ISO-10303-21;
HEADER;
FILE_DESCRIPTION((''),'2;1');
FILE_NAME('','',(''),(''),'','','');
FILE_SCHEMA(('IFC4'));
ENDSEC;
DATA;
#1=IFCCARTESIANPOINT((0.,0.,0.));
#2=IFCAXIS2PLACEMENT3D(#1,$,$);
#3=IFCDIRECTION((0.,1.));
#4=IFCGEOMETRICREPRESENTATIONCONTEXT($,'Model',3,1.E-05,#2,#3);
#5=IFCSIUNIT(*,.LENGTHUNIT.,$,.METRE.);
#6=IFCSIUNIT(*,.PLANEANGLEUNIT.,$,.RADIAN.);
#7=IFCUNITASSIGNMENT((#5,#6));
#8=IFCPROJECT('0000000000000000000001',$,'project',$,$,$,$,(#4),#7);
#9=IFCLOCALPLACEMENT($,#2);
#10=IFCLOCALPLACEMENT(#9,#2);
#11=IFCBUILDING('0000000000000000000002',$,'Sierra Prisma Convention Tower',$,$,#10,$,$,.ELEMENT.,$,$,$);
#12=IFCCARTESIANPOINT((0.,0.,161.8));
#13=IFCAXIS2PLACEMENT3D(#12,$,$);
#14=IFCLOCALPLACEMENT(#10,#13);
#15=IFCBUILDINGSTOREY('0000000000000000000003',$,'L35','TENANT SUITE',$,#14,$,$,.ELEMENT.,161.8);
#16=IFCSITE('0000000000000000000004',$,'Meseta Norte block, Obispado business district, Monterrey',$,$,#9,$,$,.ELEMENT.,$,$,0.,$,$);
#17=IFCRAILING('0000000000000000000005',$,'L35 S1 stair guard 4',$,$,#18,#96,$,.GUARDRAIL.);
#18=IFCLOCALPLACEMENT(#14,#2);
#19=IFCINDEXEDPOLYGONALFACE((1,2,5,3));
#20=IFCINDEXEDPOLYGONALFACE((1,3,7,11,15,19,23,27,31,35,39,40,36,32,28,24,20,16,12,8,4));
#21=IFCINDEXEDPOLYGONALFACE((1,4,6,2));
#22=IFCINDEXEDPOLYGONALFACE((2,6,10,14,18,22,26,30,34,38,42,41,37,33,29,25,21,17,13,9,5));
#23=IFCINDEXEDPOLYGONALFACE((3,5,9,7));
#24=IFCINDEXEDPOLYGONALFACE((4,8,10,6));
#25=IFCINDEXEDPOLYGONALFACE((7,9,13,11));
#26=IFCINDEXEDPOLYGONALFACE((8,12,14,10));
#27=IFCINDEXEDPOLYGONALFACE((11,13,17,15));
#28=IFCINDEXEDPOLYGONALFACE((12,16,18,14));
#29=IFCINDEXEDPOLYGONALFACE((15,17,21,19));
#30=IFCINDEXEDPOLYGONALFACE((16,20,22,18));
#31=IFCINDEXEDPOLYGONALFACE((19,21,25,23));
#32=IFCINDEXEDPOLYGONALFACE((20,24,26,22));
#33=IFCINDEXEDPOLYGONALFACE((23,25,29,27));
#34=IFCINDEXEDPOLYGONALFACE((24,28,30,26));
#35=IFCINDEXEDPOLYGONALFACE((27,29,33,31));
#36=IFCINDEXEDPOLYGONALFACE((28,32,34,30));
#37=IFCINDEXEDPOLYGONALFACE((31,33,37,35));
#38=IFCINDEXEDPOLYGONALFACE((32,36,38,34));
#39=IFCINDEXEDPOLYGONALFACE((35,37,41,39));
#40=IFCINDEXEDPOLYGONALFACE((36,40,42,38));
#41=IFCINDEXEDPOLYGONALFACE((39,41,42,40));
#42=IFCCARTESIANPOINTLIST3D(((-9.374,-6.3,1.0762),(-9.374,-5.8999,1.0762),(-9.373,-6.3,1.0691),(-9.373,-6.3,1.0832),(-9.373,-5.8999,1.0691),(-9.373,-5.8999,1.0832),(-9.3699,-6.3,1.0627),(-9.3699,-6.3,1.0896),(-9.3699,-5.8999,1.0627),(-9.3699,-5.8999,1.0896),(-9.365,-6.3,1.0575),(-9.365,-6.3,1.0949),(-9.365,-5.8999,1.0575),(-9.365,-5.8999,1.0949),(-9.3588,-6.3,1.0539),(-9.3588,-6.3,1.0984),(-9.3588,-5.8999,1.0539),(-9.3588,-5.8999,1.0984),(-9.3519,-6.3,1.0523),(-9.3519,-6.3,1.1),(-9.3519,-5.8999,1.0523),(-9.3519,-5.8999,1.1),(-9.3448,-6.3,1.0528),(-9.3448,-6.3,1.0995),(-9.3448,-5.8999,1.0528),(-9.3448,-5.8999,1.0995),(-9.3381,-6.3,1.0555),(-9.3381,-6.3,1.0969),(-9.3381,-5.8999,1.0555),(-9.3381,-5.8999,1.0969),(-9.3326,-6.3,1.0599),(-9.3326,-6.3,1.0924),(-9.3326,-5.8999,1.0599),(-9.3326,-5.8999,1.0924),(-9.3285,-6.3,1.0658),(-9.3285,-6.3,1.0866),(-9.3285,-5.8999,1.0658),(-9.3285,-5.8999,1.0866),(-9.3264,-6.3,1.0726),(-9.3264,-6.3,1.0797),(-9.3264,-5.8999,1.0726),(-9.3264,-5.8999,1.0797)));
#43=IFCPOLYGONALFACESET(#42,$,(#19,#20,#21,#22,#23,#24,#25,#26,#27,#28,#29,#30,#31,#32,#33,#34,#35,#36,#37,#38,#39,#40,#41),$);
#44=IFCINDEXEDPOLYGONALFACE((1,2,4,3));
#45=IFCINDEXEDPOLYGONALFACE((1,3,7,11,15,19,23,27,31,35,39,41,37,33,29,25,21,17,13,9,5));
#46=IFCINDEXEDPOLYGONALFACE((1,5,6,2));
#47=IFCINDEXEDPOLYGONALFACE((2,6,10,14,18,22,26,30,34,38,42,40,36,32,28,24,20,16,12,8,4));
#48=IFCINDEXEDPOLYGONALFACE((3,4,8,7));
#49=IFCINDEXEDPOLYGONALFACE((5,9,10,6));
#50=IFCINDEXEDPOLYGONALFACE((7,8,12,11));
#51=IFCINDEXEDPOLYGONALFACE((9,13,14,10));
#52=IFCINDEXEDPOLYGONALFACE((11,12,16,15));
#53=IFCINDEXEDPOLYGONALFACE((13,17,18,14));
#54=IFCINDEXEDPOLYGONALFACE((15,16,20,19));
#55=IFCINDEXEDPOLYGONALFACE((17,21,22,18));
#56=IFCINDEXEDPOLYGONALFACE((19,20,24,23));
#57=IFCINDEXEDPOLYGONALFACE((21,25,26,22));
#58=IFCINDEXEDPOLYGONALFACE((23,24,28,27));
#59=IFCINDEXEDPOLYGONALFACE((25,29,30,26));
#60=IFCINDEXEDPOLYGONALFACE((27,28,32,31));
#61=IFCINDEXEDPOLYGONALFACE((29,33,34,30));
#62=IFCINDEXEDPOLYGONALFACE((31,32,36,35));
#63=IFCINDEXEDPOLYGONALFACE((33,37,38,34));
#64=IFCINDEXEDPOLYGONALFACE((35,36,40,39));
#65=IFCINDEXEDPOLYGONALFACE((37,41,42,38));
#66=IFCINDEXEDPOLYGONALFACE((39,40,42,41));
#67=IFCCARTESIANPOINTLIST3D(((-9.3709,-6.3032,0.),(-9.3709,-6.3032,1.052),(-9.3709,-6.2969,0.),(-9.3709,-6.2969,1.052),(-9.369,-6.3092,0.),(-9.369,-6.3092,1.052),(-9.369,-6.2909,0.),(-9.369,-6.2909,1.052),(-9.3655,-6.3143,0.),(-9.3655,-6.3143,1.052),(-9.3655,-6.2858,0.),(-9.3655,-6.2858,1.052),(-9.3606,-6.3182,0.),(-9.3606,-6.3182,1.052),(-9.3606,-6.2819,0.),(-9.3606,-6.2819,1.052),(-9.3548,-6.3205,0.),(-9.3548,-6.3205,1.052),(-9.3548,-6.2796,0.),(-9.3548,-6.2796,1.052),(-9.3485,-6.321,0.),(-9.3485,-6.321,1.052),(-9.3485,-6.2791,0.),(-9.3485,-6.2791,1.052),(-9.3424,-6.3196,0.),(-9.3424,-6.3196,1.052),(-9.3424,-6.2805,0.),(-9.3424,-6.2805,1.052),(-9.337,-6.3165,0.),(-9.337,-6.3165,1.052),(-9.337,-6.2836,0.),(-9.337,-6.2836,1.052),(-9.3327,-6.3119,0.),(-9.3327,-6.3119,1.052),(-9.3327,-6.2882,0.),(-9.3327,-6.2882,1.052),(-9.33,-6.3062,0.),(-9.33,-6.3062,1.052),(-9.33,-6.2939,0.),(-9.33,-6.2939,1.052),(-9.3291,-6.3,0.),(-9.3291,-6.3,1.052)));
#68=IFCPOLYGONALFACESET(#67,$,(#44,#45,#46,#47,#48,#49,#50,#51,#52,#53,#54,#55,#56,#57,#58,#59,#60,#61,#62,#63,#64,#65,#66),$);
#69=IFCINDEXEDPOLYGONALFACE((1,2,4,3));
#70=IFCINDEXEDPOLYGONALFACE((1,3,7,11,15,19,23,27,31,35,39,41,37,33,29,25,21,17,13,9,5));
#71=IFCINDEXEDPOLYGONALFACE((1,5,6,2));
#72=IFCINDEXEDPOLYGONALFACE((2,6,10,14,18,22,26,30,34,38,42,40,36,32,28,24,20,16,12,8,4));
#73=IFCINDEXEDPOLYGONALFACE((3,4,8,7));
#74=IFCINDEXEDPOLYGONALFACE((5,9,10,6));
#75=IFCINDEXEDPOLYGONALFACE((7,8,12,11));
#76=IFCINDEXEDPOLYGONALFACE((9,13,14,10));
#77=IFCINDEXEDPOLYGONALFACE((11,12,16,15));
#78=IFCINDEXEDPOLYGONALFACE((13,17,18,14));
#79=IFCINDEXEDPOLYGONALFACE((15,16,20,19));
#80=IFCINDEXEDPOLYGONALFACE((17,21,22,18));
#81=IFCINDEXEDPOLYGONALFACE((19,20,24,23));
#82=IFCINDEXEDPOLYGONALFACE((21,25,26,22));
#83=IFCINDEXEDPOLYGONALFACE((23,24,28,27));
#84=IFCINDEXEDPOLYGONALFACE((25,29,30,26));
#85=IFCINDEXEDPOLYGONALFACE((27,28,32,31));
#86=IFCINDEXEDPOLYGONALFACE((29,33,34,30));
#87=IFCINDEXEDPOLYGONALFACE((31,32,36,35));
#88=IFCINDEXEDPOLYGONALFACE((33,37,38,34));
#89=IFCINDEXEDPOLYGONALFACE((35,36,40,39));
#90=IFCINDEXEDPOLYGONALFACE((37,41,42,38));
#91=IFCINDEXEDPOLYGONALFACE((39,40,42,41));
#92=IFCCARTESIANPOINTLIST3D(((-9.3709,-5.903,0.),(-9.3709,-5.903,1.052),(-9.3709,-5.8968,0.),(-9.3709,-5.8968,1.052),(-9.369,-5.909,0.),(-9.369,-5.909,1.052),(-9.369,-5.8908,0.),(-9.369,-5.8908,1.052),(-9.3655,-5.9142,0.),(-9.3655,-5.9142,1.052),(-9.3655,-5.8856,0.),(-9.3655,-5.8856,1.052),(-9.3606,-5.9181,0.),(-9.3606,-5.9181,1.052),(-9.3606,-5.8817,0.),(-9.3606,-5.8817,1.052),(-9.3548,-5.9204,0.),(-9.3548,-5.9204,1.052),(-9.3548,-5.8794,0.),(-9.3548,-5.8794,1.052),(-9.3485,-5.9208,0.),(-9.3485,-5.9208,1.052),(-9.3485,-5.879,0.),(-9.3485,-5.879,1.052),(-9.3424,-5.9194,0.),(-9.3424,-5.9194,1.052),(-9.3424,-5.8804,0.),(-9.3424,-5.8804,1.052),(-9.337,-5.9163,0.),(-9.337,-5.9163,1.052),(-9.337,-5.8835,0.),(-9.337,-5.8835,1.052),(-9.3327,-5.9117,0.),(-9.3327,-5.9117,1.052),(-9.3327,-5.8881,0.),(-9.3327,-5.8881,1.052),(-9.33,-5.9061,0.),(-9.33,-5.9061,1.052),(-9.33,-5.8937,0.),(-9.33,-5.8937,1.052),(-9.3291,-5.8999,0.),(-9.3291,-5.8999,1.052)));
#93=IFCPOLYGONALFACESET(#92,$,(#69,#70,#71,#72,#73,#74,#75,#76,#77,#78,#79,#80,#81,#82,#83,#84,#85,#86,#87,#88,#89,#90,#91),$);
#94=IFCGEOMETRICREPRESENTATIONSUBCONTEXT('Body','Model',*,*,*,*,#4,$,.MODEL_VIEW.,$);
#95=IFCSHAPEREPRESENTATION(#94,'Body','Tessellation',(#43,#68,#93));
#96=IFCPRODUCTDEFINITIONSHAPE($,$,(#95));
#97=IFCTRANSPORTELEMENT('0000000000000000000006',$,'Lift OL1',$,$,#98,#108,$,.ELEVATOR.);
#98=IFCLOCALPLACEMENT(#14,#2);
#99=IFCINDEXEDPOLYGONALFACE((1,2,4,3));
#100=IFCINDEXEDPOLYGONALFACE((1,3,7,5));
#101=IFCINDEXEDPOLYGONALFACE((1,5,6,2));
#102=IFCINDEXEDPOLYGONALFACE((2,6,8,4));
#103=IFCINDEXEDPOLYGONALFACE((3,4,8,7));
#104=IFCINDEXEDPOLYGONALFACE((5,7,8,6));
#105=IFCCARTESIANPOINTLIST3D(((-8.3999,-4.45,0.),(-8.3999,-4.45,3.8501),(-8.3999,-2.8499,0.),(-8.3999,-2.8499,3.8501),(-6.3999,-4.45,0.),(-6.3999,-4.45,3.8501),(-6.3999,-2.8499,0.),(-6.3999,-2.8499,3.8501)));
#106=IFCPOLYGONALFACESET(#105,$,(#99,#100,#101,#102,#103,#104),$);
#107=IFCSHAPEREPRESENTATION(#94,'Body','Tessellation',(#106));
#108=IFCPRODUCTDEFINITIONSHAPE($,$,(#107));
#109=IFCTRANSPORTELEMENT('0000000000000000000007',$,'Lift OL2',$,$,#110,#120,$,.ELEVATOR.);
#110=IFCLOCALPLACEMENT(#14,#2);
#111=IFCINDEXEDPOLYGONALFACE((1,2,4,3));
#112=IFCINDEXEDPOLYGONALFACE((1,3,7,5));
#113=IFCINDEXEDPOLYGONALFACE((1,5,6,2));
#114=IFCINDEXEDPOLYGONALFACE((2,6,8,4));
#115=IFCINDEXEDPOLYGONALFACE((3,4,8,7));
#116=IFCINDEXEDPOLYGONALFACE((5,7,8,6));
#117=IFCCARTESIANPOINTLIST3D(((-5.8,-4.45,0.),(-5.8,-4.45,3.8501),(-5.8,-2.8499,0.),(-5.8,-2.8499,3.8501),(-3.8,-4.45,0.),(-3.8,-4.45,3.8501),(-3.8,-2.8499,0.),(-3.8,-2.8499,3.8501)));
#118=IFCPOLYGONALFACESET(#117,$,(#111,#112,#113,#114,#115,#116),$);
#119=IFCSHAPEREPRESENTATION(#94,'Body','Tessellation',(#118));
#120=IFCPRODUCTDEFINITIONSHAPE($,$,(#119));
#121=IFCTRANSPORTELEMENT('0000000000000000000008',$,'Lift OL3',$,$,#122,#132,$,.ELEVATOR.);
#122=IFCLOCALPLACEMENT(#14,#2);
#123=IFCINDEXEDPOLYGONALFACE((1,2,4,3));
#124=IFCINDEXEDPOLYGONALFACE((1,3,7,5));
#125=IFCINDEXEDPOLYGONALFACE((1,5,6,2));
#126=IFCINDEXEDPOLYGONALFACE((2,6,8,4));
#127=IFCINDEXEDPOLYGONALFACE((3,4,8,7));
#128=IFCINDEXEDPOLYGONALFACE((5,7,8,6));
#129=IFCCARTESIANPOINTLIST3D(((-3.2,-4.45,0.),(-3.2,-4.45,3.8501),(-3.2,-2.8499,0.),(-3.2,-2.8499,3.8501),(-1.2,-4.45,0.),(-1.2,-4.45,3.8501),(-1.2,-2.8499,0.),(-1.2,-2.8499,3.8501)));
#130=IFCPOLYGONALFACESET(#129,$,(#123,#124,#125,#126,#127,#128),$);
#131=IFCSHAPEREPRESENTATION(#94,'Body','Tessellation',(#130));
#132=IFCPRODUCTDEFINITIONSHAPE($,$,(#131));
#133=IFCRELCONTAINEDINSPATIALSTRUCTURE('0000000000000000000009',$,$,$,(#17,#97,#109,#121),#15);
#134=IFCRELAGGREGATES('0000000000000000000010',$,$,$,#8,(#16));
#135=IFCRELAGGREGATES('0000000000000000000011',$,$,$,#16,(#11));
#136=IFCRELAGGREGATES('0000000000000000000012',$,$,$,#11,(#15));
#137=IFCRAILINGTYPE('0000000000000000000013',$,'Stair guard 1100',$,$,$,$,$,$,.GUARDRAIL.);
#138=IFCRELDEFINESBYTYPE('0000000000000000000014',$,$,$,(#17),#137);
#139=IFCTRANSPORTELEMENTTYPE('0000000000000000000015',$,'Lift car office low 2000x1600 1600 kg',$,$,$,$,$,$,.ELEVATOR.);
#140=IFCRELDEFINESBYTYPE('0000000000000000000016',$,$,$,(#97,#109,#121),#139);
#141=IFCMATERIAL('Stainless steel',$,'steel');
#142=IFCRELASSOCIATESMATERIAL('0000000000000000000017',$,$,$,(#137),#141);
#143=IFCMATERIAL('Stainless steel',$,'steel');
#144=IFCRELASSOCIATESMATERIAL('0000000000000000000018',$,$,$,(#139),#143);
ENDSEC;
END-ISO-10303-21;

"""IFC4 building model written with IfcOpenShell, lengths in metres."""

from ifc_helpers import new_model, si_unit, direction, frame, origin, origin_2d, place, context, subcontext, project, spatial, rectangle, circle, extrude, material, type_object, element, save


model = new_model("IFC4")

# Units and contexts
model_context = context("Model", 3, precision=1e-05, world=origin(), true_north=direction((0.0, 1.0)))
body_context = subcontext(model_context, "Body", "Model", "MODEL_VIEW")
ifc_project = project(units=[si_unit("LENGTHUNIT", "METRE"), si_unit("PLANEANGLEUNIT", "RADIAN")], contexts=[model_context])

# Site, building, storey
site_placement = place(None, origin())
site = spatial("IfcSite", under=ifc_project, at=site_placement, Name="Meseta Norte block, Obispado business district, Monterrey", CompositionType="ELEMENT", RefElevation=0.0)
building_placement = place(site_placement, origin())
building = spatial("IfcBuilding", under=site, at=building_placement, Name="Sierra Prisma Convention Tower", CompositionType="ELEMENT")
storey_placement = place(building_placement, frame((0.0, 0.0, 161.8)))
storey = spatial("IfcBuildingStorey", under=building, at=storey_placement, Name="L35", Description="TENANT SUITE", CompositionType="ELEMENT", Elevation=161.8)

# Railing
ifc_material_1 = material(Name="Stainless steel", Category="steel")
railing_type_1 = type_object("IfcRailingType", Name="Stair guard 1100", PredefinedType="GUARDRAIL", material=ifc_material_1)
railing_1_placement = place(storey_placement, frame((-9.3501, -6.3, 0.0)))
element("IfcRailing", 1, at=railing_1_placement, inside=storey, type_object=railing_type_1, Name="L35 S1 stair guard 4", PredefinedType="GUARDRAIL", context=body_context, shape_type="SweptSolid", body=[
    extrude(circle(Radius=0.0239, at=origin_2d()), frame((0.0, 0.0, 1.0762), z_axis=(0.0, 1.0, 0.0), x_axis=(-1.0, 0.0, 0.0)), (0.0, 0.0, 1.0), 0.4001),
    extrude(circle(Radius=0.021, at=origin_2d()), origin(), (0.0, 0.0, 1.0), 1.052),
    extrude(circle(Radius=0.021, at=origin_2d()), frame((0.0, 0.4001, 0.0)), (0.0, 0.0, 1.0), 1.052),
])

# Transport elements
ifc_material_2 = material(Name="Stainless steel", Category="steel")
transport_element_type = type_object("IfcTransportElementType", Name="Lift car office low 2000x1600 1600 kg", PredefinedType="ELEVATOR", material=ifc_material_2)
for number, where, z_axis, x_axis, name in (
    (2, (-7.3999, -3.6499, 0.0), (0.0, 0.0, 1.0), (1.0, 0.0, 0.0), "Lift OL1"),
    (3, (-4.8, -3.6499, 0.0), (0.0, 0.0, 1.0), (1.0, 0.0, 0.0), "Lift OL2"),
    (4, (-2.2, -3.6499, 0.0), (0.0, 0.0, 1.0), (1.0, 0.0, 0.0), "Lift OL3"),
):
    element("IfcTransportElement", number, at=place(storey_placement, frame(where, z_axis=z_axis, x_axis=x_axis)), inside=storey, type_object=transport_element_type, Name=name, PredefinedType="ELEVATOR", context=body_context, shape_type="SweptSolid", body=[
        extrude(rectangle(XDim=2.0, YDim=1.6001, at=origin_2d()), origin(), (0.0, 0.0, 1.0), 3.8501),
    ])

save(model, "model.ifc")
